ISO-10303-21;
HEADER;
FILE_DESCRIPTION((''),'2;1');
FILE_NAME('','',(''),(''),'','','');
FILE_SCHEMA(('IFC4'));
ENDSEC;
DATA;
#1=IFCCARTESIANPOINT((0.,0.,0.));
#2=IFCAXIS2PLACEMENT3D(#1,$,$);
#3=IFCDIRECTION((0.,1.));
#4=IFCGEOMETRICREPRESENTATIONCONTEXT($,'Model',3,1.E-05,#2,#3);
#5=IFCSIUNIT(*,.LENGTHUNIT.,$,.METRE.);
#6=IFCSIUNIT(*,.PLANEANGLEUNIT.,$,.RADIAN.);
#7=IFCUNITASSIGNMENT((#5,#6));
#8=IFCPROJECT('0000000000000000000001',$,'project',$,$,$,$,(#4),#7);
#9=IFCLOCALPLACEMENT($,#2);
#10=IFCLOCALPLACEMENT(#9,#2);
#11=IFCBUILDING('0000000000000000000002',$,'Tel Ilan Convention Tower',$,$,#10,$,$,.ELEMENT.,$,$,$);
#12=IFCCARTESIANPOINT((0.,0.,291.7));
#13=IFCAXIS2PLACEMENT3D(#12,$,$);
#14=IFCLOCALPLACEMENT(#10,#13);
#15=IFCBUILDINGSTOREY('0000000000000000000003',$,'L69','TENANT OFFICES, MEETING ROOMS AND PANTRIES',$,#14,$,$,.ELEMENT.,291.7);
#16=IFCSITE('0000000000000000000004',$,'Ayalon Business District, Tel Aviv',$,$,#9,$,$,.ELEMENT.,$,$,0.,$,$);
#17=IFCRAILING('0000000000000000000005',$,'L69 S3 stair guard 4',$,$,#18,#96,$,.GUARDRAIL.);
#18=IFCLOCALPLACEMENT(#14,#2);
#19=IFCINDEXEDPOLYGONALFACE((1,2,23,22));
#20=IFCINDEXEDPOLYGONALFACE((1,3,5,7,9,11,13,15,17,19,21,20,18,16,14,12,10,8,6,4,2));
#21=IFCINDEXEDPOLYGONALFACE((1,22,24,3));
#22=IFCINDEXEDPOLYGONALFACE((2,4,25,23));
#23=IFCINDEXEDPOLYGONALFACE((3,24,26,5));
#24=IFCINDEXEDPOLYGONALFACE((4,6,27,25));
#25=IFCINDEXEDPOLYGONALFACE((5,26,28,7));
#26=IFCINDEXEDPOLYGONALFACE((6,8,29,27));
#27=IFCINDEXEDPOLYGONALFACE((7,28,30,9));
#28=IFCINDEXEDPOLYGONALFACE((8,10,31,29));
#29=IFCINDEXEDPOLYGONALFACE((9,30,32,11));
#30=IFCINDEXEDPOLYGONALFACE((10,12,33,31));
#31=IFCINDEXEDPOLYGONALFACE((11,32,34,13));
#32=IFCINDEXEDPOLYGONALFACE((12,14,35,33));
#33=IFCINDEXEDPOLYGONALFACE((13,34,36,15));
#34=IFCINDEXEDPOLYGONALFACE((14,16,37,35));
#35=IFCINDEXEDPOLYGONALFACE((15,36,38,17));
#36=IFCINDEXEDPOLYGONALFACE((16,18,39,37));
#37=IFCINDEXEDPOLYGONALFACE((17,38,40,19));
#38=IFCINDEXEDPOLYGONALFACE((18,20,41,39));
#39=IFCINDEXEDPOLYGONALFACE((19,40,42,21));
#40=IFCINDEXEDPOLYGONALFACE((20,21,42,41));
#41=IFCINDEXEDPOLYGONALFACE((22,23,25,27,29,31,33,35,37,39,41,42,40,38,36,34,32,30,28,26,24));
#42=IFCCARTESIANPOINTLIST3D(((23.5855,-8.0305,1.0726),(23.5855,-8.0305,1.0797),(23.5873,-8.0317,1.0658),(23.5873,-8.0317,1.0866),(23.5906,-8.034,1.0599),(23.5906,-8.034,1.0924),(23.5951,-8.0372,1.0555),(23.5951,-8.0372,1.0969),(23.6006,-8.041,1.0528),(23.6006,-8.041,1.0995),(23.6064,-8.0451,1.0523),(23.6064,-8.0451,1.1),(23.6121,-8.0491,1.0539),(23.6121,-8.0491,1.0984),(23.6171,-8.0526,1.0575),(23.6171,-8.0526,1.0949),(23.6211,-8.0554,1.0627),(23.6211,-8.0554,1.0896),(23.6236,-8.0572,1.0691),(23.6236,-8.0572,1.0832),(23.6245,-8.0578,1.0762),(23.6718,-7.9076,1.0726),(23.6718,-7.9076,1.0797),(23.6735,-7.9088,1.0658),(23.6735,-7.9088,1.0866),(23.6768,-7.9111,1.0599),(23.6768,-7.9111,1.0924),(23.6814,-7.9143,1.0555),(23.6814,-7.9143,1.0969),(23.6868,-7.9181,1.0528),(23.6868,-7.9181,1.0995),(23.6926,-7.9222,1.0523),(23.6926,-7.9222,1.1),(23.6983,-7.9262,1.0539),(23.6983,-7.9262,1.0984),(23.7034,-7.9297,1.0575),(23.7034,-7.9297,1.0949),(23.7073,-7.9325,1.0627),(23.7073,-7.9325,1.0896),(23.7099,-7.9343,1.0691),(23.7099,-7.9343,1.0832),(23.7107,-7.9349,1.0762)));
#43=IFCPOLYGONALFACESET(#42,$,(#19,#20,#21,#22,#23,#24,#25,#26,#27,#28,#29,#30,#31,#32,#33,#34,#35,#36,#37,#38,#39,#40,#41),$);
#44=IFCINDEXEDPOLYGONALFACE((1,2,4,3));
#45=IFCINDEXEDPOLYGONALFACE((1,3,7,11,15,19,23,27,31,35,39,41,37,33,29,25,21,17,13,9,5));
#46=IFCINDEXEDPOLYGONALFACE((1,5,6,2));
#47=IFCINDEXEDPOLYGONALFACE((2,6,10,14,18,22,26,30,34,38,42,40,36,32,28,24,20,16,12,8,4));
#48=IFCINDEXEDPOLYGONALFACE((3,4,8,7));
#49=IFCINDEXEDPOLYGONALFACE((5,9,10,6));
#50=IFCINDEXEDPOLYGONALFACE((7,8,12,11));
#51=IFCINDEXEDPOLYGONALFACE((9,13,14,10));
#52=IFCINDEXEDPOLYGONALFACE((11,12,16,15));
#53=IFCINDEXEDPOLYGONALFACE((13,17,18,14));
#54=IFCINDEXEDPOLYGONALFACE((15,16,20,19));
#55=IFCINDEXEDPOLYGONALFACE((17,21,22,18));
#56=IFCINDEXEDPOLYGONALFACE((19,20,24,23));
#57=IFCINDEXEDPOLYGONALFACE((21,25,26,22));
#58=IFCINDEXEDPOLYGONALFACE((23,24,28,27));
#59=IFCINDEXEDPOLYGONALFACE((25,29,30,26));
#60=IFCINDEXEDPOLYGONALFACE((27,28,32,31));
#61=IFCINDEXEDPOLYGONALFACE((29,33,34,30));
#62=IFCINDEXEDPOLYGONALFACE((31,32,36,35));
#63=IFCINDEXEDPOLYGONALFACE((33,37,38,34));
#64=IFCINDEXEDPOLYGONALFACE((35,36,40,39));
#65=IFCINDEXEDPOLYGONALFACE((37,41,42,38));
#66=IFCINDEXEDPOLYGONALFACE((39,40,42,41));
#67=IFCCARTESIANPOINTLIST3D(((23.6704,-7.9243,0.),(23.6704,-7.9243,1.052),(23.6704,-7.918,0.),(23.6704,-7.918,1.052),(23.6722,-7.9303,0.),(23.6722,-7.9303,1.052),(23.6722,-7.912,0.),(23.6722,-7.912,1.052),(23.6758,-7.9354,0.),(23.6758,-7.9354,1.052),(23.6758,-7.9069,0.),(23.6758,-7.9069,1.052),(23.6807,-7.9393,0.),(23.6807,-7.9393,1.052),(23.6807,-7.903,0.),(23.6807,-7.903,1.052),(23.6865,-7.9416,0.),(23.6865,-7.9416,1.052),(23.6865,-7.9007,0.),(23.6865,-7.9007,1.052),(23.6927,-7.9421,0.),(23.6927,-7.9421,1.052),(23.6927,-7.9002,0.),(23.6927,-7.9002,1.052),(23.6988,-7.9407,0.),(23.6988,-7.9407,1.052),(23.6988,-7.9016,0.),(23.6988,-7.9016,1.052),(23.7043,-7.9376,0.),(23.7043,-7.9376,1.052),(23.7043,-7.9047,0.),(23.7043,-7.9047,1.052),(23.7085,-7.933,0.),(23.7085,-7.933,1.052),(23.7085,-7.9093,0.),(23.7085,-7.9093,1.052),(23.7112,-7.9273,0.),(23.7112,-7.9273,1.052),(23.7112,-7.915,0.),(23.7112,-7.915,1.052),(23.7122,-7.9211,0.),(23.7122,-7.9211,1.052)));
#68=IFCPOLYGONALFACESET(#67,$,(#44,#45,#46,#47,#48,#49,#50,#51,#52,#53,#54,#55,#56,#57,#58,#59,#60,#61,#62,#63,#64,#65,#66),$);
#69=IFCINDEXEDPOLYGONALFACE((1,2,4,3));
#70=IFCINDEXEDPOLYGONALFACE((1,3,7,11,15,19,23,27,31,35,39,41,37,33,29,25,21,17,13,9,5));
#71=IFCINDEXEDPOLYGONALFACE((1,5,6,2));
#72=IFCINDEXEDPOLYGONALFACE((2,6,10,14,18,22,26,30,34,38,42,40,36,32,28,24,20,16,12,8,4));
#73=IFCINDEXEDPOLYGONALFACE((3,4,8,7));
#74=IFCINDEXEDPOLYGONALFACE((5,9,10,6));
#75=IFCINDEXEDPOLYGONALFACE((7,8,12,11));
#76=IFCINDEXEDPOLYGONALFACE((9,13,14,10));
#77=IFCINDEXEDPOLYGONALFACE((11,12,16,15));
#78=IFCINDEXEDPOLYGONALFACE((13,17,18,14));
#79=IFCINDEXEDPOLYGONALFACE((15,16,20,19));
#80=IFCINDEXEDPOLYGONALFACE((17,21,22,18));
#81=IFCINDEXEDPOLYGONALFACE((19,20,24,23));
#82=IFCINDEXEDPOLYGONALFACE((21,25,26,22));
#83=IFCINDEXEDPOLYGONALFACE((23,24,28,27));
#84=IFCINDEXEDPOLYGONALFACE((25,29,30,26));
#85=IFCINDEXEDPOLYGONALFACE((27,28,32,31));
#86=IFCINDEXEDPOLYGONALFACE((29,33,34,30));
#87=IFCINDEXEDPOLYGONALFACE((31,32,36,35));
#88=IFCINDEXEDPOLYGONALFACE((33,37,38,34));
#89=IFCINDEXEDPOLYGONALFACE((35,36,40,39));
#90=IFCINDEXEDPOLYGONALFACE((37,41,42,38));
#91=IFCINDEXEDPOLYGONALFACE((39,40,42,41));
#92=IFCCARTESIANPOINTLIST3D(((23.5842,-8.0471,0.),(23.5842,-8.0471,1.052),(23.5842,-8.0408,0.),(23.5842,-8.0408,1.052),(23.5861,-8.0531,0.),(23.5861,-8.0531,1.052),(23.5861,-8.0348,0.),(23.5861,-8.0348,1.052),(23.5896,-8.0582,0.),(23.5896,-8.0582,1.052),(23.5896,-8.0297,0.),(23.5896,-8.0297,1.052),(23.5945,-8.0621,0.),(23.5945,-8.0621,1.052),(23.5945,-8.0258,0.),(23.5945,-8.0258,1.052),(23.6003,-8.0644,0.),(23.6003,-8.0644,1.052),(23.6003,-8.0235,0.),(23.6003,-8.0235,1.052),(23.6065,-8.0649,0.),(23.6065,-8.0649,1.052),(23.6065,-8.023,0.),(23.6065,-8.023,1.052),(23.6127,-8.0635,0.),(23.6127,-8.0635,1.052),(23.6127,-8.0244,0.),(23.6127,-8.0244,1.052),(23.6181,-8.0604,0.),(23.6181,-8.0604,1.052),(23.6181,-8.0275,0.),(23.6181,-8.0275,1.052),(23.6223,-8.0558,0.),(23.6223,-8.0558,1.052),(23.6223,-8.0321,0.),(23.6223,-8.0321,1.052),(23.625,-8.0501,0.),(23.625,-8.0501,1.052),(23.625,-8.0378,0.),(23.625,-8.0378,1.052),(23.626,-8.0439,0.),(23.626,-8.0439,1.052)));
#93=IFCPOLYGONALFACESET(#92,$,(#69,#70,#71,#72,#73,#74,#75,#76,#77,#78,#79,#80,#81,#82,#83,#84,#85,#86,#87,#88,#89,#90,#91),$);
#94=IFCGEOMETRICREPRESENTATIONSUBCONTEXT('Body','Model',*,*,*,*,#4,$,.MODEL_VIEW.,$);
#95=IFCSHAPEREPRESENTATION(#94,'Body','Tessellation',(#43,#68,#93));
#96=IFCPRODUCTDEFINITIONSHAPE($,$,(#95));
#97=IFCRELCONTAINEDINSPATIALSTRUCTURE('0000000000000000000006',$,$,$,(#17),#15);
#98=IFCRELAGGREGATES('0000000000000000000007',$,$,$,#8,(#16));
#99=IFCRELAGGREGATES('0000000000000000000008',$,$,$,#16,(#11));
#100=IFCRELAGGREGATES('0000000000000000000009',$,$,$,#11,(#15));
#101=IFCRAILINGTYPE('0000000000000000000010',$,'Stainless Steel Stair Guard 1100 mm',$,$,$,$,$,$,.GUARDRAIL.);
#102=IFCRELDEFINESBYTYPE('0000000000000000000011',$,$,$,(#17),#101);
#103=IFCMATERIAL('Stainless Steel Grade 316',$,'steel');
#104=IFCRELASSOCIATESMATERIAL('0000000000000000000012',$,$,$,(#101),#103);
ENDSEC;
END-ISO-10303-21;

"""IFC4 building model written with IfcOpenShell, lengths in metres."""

from ifc_helpers import new_model, si_unit, direction, frame, origin, origin_2d, place, context, subcontext, project, spatial, circle, extrude, material, type_object, element, save


model = new_model("IFC4")

# Units and contexts
model_context = context("Model", 3, precision=1e-05, world=origin(), true_north=direction((0.0, 1.0)))
body_context = subcontext(model_context, "Body", "Model", "MODEL_VIEW")
ifc_project = project(units=[si_unit("LENGTHUNIT", "METRE"), si_unit("PLANEANGLEUNIT", "RADIAN")], contexts=[model_context])

# Site, building, storey
site_placement = place(None, origin())
site = spatial("IfcSite", under=ifc_project, at=site_placement, Name="Ayalon Business District, Tel Aviv", CompositionType="ELEMENT", RefElevation=0.0)
building_placement = place(site_placement, origin())
building = spatial("IfcBuilding", under=site, at=building_placement, Name="Tel Ilan Convention Tower", CompositionType="ELEMENT")
storey_placement = place(building_placement, frame((0.0, 0.0, 291.7)))
storey = spatial("IfcBuildingStorey", under=building, at=storey_placement, Name="L69", Description="TENANT OFFICES, MEETING ROOMS AND PANTRIES", CompositionType="ELEMENT", Elevation=291.7)

# Railing
ifc_material_1 = material(Name="Stainless Steel Grade 316", Category="steel")
railing_type_1 = type_object("IfcRailingType", Name="Stainless Steel Stair Guard 1100 mm", PredefinedType="GUARDRAIL", material=ifc_material_1)
railing_1_placement = place(storey_placement, frame((23.6912, -7.9211, 0.0)))
element("IfcRailing", 1, at=railing_1_placement, inside=storey, type_object=railing_type_1, Name="L69 S3 stair guard 4", PredefinedType="GUARDRAIL", context=body_context, shape_type="SweptSolid", body=[
    extrude(circle(Radius=0.0239, at=origin_2d()), frame((0.0, 0.0, 1.0762), z_axis=(-0.574445, -0.818543, 0.0), x_axis=(0.818543, -0.574445, 0.0)), (0.0, 0.0, 1.0), 0.1501),
    extrude(circle(Radius=0.021, at=origin_2d()), origin(), (0.0, 0.0, 1.0), 1.052),
    extrude(circle(Radius=0.021, at=origin_2d()), frame((-0.0862, -0.1228, 0.0)), (0.0, 0.0, 1.0), 1.052),
])

save(model, "model.ifc")
